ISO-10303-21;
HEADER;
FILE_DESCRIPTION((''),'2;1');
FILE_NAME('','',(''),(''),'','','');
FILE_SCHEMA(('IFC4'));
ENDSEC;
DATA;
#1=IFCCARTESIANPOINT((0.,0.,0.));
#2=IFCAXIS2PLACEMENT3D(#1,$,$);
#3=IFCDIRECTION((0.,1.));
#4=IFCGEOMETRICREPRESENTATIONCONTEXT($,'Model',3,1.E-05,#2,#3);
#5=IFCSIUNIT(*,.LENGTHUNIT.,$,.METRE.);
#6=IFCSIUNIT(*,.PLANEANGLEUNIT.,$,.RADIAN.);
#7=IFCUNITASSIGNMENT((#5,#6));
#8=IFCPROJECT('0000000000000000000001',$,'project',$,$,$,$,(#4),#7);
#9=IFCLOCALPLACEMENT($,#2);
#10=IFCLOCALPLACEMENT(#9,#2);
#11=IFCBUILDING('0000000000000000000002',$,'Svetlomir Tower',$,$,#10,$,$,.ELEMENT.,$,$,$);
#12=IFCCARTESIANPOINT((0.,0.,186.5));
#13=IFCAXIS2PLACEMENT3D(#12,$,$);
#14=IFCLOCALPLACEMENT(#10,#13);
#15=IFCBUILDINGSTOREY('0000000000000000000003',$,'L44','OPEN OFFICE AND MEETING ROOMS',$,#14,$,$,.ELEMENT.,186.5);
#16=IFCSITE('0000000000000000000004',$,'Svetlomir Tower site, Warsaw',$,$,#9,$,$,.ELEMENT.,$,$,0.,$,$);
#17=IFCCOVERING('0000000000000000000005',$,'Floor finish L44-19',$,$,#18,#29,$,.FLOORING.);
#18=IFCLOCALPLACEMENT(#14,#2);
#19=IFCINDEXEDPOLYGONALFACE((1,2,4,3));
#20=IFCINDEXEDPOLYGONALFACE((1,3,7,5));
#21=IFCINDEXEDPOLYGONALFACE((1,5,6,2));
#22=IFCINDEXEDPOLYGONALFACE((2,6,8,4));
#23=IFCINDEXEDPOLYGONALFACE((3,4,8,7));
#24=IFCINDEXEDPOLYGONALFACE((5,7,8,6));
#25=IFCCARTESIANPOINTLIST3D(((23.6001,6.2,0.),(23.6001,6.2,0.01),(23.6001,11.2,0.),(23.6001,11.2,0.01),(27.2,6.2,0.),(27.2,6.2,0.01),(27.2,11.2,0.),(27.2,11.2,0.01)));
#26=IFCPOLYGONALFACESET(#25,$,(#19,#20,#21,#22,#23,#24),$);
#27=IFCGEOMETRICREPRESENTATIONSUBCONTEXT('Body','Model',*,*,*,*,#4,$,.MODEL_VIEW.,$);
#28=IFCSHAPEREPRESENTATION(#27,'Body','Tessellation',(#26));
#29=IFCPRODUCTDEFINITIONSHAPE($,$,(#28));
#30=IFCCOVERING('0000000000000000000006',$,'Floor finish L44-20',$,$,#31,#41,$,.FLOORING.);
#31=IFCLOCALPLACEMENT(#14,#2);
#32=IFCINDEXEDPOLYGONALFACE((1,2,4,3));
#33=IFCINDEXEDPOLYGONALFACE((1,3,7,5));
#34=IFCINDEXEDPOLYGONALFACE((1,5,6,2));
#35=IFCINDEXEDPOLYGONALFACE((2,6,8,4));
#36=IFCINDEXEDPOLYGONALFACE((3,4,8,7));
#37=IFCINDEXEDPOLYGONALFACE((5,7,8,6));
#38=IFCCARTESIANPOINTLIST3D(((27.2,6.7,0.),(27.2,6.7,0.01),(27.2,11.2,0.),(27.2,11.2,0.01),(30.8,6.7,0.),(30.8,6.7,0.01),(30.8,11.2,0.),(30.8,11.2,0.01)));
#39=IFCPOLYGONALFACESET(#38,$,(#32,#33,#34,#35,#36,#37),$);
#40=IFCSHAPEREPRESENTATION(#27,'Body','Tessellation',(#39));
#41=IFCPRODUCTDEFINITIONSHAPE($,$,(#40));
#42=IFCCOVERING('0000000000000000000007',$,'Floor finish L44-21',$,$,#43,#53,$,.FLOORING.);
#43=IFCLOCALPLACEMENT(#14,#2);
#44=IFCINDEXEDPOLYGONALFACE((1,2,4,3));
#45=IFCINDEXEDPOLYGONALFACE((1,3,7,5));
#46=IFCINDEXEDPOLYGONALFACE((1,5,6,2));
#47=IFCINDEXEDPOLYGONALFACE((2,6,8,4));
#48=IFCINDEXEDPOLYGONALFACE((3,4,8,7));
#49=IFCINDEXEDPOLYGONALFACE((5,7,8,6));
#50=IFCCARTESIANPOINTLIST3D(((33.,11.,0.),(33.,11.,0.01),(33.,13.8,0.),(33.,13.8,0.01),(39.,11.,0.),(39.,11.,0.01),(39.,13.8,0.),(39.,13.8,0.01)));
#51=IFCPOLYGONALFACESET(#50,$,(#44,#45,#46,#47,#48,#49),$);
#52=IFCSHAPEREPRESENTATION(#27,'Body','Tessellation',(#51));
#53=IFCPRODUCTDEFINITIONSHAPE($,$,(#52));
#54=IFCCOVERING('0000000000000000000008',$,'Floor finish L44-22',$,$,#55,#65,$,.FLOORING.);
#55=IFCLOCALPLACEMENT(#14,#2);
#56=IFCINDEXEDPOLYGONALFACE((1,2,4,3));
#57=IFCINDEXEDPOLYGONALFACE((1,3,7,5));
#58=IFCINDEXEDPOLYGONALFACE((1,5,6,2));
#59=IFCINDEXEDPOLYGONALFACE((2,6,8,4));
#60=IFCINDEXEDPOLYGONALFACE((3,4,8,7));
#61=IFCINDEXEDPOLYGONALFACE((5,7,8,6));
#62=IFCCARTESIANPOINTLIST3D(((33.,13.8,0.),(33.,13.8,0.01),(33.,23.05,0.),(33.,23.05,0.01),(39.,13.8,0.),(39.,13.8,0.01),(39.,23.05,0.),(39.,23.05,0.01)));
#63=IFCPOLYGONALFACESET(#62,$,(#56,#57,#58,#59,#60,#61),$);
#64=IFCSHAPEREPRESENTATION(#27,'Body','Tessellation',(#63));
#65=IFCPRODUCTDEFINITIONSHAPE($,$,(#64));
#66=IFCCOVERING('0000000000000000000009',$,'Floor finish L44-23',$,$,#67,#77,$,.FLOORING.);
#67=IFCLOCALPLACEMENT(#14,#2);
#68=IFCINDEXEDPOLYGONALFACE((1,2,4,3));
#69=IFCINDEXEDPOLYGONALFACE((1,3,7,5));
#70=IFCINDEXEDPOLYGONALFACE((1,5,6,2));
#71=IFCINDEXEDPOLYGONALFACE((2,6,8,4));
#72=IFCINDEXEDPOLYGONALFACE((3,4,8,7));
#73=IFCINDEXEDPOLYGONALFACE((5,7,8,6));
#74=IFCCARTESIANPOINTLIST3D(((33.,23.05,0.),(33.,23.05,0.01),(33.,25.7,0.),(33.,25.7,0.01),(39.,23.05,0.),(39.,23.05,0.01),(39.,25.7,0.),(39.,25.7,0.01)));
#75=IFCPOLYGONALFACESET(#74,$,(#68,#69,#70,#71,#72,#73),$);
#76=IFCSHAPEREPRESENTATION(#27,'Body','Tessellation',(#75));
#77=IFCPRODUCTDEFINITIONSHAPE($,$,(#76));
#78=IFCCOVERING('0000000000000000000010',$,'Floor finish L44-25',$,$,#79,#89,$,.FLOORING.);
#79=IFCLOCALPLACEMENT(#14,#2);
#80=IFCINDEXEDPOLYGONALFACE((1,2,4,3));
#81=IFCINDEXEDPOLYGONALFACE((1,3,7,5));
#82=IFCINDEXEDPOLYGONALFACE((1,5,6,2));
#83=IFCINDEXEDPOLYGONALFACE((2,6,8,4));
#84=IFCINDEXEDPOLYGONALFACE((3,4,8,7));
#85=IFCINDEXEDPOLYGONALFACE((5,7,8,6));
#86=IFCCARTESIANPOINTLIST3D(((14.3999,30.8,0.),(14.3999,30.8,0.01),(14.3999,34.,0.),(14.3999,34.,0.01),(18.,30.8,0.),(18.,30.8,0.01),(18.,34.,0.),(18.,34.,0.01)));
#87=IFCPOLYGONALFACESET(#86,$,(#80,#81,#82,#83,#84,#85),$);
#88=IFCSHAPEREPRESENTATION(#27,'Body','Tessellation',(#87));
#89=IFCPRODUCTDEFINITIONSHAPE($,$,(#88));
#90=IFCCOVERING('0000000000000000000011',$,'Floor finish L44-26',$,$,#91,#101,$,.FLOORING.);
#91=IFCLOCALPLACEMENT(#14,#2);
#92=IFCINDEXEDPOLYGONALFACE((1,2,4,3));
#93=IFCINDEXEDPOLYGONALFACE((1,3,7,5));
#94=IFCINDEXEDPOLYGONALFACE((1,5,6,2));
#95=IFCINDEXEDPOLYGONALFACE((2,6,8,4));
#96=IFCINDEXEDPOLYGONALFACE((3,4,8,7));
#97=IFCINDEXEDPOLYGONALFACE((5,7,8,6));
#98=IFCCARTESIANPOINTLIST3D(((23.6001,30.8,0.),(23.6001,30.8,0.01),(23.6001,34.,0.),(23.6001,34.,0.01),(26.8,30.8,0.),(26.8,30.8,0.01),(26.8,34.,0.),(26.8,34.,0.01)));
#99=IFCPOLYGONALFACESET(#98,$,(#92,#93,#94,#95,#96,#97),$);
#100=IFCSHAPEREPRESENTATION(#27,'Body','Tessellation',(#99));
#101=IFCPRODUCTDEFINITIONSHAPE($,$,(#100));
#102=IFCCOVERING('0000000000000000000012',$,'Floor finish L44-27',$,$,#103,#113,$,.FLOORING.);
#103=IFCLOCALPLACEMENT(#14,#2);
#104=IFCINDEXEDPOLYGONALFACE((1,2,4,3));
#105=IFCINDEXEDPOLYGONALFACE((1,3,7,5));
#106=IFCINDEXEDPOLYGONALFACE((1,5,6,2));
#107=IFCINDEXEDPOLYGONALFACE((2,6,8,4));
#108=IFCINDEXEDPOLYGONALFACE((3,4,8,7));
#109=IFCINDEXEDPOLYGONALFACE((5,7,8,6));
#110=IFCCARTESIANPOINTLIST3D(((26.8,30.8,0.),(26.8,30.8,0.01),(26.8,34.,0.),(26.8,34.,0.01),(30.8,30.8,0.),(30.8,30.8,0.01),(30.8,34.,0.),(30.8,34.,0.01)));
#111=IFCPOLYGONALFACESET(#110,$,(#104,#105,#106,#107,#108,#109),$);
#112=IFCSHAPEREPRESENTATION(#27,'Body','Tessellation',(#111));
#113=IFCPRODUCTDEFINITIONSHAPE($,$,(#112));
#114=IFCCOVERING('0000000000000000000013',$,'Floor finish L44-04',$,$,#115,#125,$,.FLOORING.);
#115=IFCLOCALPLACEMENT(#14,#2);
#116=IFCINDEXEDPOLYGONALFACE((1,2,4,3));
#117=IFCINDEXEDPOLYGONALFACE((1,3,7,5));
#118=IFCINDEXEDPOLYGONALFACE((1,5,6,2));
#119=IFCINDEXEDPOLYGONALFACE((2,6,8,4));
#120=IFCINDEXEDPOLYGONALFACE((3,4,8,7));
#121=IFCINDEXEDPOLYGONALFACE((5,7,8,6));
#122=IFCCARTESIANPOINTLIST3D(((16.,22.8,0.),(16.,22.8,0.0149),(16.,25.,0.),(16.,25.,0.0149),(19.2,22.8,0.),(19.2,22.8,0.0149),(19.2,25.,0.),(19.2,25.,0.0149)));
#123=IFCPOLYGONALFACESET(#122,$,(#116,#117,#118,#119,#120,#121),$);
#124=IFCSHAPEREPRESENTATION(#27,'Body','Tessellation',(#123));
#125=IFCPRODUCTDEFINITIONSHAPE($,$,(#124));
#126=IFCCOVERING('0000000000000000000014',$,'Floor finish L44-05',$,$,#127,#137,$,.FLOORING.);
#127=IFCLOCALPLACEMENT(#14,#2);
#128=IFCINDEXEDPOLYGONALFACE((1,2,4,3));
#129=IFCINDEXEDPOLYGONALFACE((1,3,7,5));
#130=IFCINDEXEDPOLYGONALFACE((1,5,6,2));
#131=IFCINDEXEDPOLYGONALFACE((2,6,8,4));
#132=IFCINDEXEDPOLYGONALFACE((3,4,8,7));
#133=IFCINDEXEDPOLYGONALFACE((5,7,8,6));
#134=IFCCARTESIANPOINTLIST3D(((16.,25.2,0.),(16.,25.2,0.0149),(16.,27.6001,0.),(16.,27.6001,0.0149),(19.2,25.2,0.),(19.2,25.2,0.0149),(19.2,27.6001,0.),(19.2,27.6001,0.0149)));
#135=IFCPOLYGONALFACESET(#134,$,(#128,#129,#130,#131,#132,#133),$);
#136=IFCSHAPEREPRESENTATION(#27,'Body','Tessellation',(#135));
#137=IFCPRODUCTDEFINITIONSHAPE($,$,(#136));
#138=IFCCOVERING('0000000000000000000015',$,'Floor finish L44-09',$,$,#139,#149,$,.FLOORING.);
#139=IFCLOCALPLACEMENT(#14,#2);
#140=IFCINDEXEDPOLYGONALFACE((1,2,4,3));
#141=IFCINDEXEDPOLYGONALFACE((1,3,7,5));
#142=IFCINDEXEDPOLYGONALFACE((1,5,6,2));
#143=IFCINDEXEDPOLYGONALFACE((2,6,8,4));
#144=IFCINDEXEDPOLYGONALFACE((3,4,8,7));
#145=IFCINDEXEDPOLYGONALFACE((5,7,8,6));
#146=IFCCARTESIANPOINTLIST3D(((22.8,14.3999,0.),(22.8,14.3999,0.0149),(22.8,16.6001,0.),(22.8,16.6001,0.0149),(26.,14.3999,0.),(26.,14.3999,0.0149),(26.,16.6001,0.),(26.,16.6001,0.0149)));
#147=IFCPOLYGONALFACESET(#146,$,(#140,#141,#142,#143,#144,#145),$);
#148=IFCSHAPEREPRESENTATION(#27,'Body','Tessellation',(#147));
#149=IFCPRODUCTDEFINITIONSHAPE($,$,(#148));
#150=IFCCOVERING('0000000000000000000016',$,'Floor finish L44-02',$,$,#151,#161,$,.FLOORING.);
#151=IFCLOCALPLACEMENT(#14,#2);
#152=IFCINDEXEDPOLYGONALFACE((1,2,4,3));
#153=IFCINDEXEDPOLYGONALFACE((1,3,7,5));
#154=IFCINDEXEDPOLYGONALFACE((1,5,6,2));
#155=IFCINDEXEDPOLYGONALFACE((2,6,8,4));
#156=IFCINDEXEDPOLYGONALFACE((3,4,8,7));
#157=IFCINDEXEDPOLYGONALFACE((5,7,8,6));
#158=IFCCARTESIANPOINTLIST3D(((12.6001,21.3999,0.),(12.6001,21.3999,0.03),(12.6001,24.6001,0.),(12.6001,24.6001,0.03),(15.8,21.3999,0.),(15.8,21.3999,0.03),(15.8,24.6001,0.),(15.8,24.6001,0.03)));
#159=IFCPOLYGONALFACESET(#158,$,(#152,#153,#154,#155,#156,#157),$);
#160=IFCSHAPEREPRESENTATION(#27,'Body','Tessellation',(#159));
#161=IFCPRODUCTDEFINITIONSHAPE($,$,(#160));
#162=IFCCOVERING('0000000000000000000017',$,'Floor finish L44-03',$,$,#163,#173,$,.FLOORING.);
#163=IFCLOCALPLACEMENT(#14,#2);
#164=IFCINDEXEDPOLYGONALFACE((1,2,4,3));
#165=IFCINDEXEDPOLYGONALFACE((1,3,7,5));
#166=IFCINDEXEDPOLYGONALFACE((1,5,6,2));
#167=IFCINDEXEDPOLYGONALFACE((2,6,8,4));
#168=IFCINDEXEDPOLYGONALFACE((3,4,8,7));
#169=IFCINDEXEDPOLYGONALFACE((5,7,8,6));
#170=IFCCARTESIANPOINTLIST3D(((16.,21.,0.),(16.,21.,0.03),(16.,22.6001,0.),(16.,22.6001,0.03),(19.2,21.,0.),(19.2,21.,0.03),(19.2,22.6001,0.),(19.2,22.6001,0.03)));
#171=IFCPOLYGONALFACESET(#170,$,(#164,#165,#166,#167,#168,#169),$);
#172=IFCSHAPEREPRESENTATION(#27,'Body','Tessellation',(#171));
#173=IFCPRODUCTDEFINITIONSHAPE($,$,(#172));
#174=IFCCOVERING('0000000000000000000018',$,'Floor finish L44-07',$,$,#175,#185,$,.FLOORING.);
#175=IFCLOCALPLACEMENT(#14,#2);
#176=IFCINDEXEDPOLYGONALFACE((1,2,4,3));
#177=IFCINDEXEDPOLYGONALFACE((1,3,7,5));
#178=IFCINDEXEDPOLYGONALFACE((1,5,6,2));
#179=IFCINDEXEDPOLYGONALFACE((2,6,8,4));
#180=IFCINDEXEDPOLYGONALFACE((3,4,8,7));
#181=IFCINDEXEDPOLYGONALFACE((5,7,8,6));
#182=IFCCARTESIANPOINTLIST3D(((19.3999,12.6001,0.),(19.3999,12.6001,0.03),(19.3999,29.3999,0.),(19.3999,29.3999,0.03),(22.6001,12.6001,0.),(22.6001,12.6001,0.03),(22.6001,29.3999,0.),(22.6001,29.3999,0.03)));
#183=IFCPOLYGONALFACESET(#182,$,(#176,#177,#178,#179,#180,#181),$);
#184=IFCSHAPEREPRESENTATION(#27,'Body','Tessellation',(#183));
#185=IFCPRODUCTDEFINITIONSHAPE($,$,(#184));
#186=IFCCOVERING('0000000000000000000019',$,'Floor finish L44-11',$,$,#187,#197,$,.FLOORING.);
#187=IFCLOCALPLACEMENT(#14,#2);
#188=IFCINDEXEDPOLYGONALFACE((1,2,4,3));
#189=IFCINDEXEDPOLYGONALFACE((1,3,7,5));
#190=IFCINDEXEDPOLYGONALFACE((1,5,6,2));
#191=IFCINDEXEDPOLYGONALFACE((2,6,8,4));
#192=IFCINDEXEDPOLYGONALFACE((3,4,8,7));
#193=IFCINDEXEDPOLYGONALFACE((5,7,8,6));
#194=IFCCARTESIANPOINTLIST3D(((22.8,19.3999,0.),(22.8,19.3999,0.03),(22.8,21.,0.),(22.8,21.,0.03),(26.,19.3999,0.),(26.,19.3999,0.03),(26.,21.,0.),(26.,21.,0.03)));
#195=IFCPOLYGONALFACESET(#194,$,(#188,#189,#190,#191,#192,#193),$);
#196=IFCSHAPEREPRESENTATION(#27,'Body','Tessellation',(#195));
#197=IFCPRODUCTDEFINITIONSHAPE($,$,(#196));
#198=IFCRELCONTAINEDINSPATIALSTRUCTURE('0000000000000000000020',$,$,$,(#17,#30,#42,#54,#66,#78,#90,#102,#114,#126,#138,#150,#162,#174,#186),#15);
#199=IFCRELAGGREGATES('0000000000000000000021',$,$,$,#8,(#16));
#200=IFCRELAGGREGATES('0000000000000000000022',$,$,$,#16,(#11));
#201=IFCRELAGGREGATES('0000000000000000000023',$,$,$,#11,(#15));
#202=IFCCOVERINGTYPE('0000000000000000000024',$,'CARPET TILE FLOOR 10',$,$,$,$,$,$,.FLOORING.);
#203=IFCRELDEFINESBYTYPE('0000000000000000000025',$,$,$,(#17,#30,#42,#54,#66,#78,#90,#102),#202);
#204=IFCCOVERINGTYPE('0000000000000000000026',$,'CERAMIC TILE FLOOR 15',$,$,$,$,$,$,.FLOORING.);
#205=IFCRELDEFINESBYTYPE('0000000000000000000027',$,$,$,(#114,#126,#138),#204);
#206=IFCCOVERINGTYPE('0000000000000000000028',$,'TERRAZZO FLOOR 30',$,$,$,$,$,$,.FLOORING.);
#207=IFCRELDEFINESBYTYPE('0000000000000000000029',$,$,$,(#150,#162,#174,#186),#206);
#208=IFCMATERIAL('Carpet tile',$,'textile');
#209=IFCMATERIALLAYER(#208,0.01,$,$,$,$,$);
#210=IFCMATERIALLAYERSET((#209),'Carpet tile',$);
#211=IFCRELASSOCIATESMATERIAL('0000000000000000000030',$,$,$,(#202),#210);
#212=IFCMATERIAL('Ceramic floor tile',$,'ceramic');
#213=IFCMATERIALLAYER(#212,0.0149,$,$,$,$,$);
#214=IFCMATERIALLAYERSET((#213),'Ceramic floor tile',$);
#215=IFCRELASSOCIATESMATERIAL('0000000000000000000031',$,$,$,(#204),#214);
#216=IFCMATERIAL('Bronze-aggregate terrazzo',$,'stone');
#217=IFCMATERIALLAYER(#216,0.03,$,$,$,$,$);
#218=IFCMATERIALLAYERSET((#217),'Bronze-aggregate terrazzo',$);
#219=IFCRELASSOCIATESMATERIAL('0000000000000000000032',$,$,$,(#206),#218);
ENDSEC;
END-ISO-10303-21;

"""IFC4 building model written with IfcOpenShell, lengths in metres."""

from ifc_helpers import new_model, si_unit, direction, frame, origin, place, context, subcontext, project, spatial, polyline, outline, extrude, material, layer, layer_set, type_object, element, save


model = new_model("IFC4")

# Units and contexts
model_context = context("Model", 3, precision=1e-05, world=origin(), true_north=direction((0.0, 1.0)))
body_context = subcontext(model_context, "Body", "Model", "MODEL_VIEW")
ifc_project = project(units=[si_unit("LENGTHUNIT", "METRE"), si_unit("PLANEANGLEUNIT", "RADIAN")], contexts=[model_context])

# Site, building, storey
site_placement = place(None, origin())
site = spatial("IfcSite", under=ifc_project, at=site_placement, Name="Svetlomir Tower site, Warsaw", CompositionType="ELEMENT", RefElevation=0.0)
building_placement = place(site_placement, origin())
building = spatial("IfcBuilding", under=site, at=building_placement, Name="Svetlomir Tower", CompositionType="ELEMENT")
storey_placement = place(building_placement, frame((0.0, 0.0, 186.5)))
storey = spatial("IfcBuildingStorey", under=building, at=storey_placement, Name="L44", Description="OPEN OFFICE AND MEETING ROOMS", CompositionType="ELEMENT", Elevation=186.5)

# Coverings
ifc_material_1 = material(Name="Carpet tile", Category="textile")
ifc_layer_1 = layer(ifc_material_1, 0.01)
ifc_layer_set_1 = layer_set([ifc_layer_1], Name="Carpet tile")
covering_type_1 = type_object("IfcCoveringType", Name="CARPET TILE FLOOR 10", PredefinedType="FLOORING", material=ifc_layer_set_1)
covering_1_placement = place(storey_placement, origin())
element("IfcCovering", 1, at=covering_1_placement, inside=storey, type_object=covering_type_1, Name="Floor finish L44-19", PredefinedType="FLOORING", context=body_context, shape_type="SweptSolid", body=[
    extrude(outline(polyline([(23.6001, 6.2), (27.2, 6.2), (27.2, 11.2), (23.6001, 11.2), (23.6001, 6.2)])), origin(), (0.0, 0.0, 1.0), 0.01),
])
covering_2_placement = place(storey_placement, origin())
element("IfcCovering", 2, at=covering_2_placement, inside=storey, type_object=covering_type_1, Name="Floor finish L44-20", PredefinedType="FLOORING", context=body_context, shape_type="SweptSolid", body=[
    extrude(outline(polyline([(27.2, 6.7), (30.8, 6.7), (30.8, 11.2), (27.2, 11.2), (27.2, 6.7)])), origin(), (0.0, 0.0, 1.0), 0.01),
])
covering_3_placement = place(storey_placement, origin())
element("IfcCovering", 3, at=covering_3_placement, inside=storey, type_object=covering_type_1, Name="Floor finish L44-21", PredefinedType="FLOORING", context=body_context, shape_type="SweptSolid", body=[
    extrude(outline(polyline([(33.0, 11.0), (39.0, 11.0), (39.0, 13.8), (33.0, 13.8), (33.0, 11.0)])), origin(), (0.0, 0.0, 1.0), 0.01),
])
covering_4_placement = place(storey_placement, origin())
element("IfcCovering", 4, at=covering_4_placement, inside=storey, type_object=covering_type_1, Name="Floor finish L44-22", PredefinedType="FLOORING", context=body_context, shape_type="SweptSolid", body=[
    extrude(outline(polyline([(33.0, 13.8), (39.0, 13.8), (39.0, 23.05), (33.0, 23.05), (33.0, 13.8)])), origin(), (0.0, 0.0, 1.0), 0.01),
])
covering_5_placement = place(storey_placement, origin())
element("IfcCovering", 5, at=covering_5_placement, inside=storey, type_object=covering_type_1, Name="Floor finish L44-23", PredefinedType="FLOORING", context=body_context, shape_type="SweptSolid", body=[
    extrude(outline(polyline([(33.0, 23.05), (39.0, 23.05), (39.0, 25.7), (33.0, 25.7), (33.0, 23.05)])), origin(), (0.0, 0.0, 1.0), 0.01),
])
covering_6_placement = place(storey_placement, origin())
element("IfcCovering", 6, at=covering_6_placement, inside=storey, type_object=covering_type_1, Name="Floor finish L44-25", PredefinedType="FLOORING", context=body_context, shape_type="SweptSolid", body=[
    extrude(outline(polyline([(14.3999, 30.8), (18.0, 30.8), (18.0, 34.0), (14.3999, 34.0), (14.3999, 30.8)])), origin(), (0.0, 0.0, 1.0), 0.01),
])
covering_7_placement = place(storey_placement, origin())
element("IfcCovering", 7, at=covering_7_placement, inside=storey, type_object=covering_type_1, Name="Floor finish L44-26", PredefinedType="FLOORING", context=body_context, shape_type="SweptSolid", body=[
    extrude(outline(polyline([(23.6001, 30.8), (26.8, 30.8), (26.8, 34.0), (23.6001, 34.0), (23.6001, 30.8)])), origin(), (0.0, 0.0, 1.0), 0.01),
])
covering_8_placement = place(storey_placement, origin())
element("IfcCovering", 8, at=covering_8_placement, inside=storey, type_object=covering_type_1, Name="Floor finish L44-27", PredefinedType="FLOORING", context=body_context, shape_type="SweptSolid", body=[
    extrude(outline(polyline([(26.8, 30.8), (30.8, 30.8), (30.8, 34.0), (26.8, 34.0), (26.8, 30.8)])), origin(), (0.0, 0.0, 1.0), 0.01),
])
ifc_material_2 = material(Name="Ceramic floor tile", Category="ceramic")
ifc_layer_2 = layer(ifc_material_2, 0.0149)
ifc_layer_set_2 = layer_set([ifc_layer_2], Name="Ceramic floor tile")
covering_type_2 = type_object("IfcCoveringType", Name="CERAMIC TILE FLOOR 15", PredefinedType="FLOORING", material=ifc_layer_set_2)
covering_9_placement = place(storey_placement, origin())
element("IfcCovering", 9, at=covering_9_placement, inside=storey, type_object=covering_type_2, Name="Floor finish L44-04", PredefinedType="FLOORING", context=body_context, shape_type="SweptSolid", body=[
    extrude(outline(polyline([(16.0, 22.8), (19.2, 22.8), (19.2, 25.0), (16.0, 25.0), (16.0, 22.8)])), origin(), (0.0, 0.0, 1.0), 0.0149),
])
covering_10_placement = place(storey_placement, origin())
element("IfcCovering", 10, at=covering_10_placement, inside=storey, type_object=covering_type_2, Name="Floor finish L44-05", PredefinedType="FLOORING", context=body_context, shape_type="SweptSolid", body=[
    extrude(outline(polyline([(16.0, 25.2), (19.2, 25.2), (19.2, 27.6001), (16.0, 27.6001), (16.0, 25.2)])), origin(), (0.0, 0.0, 1.0), 0.0149),
])
covering_11_placement = place(storey_placement, origin())
element("IfcCovering", 11, at=covering_11_placement, inside=storey, type_object=covering_type_2, Name="Floor finish L44-09", PredefinedType="FLOORING", context=body_context, shape_type="SweptSolid", body=[
    extrude(outline(polyline([(22.8, 14.3999), (26.0, 14.3999), (26.0, 16.6001), (22.8, 16.6001), (22.8, 14.3999)])), origin(), (0.0, 0.0, 1.0), 0.0149),
])
ifc_material_3 = material(Name="Bronze-aggregate terrazzo", Category="stone")
ifc_layer_3 = layer(ifc_material_3, 0.03)
ifc_layer_set_3 = layer_set([ifc_layer_3], Name="Bronze-aggregate terrazzo")
covering_type_3 = type_object("IfcCoveringType", Name="TERRAZZO FLOOR 30", PredefinedType="FLOORING", material=ifc_layer_set_3)
covering_12_placement = place(storey_placement, origin())
element("IfcCovering", 12, at=covering_12_placement, inside=storey, type_object=covering_type_3, Name="Floor finish L44-02", PredefinedType="FLOORING", context=body_context, shape_type="SweptSolid", body=[
    extrude(outline(polyline([(12.6001, 21.3999), (15.8, 21.3999), (15.8, 24.6001), (12.6001, 24.6001), (12.6001, 21.3999)])), origin(), (0.0, 0.0, 1.0), 0.03),
])
covering_13_placement = place(storey_placement, origin())
element("IfcCovering", 13, at=covering_13_placement, inside=storey, type_object=covering_type_3, Name="Floor finish L44-03", PredefinedType="FLOORING", context=body_context, shape_type="SweptSolid", body=[
    extrude(outline(polyline([(16.0, 21.0), (19.2, 21.0), (19.2, 22.6001), (16.0, 22.6001), (16.0, 21.0)])), origin(), (0.0, 0.0, 1.0), 0.03),
])
covering_14_placement = place(storey_placement, origin())
element("IfcCovering", 14, at=covering_14_placement, inside=storey, type_object=covering_type_3, Name="Floor finish L44-07", PredefinedType="FLOORING", context=body_context, shape_type="SweptSolid", body=[
    extrude(outline(polyline([(19.3999, 12.6001), (22.6001, 12.6001), (22.6001, 29.3999), (19.3999, 29.3999), (19.3999, 12.6001)])), origin(), (0.0, 0.0, 1.0), 0.03),
])
covering_15_placement = place(storey_placement, origin())
element("IfcCovering", 15, at=covering_15_placement, inside=storey, type_object=covering_type_3, Name="Floor finish L44-11", PredefinedType="FLOORING", context=body_context, shape_type="SweptSolid", body=[
    extrude(outline(polyline([(22.8, 19.3999), (26.0, 19.3999), (26.0, 21.0), (22.8, 21.0), (22.8, 19.3999)])), origin(), (0.0, 0.0, 1.0), 0.03),
])

save(model, "model.ifc")
